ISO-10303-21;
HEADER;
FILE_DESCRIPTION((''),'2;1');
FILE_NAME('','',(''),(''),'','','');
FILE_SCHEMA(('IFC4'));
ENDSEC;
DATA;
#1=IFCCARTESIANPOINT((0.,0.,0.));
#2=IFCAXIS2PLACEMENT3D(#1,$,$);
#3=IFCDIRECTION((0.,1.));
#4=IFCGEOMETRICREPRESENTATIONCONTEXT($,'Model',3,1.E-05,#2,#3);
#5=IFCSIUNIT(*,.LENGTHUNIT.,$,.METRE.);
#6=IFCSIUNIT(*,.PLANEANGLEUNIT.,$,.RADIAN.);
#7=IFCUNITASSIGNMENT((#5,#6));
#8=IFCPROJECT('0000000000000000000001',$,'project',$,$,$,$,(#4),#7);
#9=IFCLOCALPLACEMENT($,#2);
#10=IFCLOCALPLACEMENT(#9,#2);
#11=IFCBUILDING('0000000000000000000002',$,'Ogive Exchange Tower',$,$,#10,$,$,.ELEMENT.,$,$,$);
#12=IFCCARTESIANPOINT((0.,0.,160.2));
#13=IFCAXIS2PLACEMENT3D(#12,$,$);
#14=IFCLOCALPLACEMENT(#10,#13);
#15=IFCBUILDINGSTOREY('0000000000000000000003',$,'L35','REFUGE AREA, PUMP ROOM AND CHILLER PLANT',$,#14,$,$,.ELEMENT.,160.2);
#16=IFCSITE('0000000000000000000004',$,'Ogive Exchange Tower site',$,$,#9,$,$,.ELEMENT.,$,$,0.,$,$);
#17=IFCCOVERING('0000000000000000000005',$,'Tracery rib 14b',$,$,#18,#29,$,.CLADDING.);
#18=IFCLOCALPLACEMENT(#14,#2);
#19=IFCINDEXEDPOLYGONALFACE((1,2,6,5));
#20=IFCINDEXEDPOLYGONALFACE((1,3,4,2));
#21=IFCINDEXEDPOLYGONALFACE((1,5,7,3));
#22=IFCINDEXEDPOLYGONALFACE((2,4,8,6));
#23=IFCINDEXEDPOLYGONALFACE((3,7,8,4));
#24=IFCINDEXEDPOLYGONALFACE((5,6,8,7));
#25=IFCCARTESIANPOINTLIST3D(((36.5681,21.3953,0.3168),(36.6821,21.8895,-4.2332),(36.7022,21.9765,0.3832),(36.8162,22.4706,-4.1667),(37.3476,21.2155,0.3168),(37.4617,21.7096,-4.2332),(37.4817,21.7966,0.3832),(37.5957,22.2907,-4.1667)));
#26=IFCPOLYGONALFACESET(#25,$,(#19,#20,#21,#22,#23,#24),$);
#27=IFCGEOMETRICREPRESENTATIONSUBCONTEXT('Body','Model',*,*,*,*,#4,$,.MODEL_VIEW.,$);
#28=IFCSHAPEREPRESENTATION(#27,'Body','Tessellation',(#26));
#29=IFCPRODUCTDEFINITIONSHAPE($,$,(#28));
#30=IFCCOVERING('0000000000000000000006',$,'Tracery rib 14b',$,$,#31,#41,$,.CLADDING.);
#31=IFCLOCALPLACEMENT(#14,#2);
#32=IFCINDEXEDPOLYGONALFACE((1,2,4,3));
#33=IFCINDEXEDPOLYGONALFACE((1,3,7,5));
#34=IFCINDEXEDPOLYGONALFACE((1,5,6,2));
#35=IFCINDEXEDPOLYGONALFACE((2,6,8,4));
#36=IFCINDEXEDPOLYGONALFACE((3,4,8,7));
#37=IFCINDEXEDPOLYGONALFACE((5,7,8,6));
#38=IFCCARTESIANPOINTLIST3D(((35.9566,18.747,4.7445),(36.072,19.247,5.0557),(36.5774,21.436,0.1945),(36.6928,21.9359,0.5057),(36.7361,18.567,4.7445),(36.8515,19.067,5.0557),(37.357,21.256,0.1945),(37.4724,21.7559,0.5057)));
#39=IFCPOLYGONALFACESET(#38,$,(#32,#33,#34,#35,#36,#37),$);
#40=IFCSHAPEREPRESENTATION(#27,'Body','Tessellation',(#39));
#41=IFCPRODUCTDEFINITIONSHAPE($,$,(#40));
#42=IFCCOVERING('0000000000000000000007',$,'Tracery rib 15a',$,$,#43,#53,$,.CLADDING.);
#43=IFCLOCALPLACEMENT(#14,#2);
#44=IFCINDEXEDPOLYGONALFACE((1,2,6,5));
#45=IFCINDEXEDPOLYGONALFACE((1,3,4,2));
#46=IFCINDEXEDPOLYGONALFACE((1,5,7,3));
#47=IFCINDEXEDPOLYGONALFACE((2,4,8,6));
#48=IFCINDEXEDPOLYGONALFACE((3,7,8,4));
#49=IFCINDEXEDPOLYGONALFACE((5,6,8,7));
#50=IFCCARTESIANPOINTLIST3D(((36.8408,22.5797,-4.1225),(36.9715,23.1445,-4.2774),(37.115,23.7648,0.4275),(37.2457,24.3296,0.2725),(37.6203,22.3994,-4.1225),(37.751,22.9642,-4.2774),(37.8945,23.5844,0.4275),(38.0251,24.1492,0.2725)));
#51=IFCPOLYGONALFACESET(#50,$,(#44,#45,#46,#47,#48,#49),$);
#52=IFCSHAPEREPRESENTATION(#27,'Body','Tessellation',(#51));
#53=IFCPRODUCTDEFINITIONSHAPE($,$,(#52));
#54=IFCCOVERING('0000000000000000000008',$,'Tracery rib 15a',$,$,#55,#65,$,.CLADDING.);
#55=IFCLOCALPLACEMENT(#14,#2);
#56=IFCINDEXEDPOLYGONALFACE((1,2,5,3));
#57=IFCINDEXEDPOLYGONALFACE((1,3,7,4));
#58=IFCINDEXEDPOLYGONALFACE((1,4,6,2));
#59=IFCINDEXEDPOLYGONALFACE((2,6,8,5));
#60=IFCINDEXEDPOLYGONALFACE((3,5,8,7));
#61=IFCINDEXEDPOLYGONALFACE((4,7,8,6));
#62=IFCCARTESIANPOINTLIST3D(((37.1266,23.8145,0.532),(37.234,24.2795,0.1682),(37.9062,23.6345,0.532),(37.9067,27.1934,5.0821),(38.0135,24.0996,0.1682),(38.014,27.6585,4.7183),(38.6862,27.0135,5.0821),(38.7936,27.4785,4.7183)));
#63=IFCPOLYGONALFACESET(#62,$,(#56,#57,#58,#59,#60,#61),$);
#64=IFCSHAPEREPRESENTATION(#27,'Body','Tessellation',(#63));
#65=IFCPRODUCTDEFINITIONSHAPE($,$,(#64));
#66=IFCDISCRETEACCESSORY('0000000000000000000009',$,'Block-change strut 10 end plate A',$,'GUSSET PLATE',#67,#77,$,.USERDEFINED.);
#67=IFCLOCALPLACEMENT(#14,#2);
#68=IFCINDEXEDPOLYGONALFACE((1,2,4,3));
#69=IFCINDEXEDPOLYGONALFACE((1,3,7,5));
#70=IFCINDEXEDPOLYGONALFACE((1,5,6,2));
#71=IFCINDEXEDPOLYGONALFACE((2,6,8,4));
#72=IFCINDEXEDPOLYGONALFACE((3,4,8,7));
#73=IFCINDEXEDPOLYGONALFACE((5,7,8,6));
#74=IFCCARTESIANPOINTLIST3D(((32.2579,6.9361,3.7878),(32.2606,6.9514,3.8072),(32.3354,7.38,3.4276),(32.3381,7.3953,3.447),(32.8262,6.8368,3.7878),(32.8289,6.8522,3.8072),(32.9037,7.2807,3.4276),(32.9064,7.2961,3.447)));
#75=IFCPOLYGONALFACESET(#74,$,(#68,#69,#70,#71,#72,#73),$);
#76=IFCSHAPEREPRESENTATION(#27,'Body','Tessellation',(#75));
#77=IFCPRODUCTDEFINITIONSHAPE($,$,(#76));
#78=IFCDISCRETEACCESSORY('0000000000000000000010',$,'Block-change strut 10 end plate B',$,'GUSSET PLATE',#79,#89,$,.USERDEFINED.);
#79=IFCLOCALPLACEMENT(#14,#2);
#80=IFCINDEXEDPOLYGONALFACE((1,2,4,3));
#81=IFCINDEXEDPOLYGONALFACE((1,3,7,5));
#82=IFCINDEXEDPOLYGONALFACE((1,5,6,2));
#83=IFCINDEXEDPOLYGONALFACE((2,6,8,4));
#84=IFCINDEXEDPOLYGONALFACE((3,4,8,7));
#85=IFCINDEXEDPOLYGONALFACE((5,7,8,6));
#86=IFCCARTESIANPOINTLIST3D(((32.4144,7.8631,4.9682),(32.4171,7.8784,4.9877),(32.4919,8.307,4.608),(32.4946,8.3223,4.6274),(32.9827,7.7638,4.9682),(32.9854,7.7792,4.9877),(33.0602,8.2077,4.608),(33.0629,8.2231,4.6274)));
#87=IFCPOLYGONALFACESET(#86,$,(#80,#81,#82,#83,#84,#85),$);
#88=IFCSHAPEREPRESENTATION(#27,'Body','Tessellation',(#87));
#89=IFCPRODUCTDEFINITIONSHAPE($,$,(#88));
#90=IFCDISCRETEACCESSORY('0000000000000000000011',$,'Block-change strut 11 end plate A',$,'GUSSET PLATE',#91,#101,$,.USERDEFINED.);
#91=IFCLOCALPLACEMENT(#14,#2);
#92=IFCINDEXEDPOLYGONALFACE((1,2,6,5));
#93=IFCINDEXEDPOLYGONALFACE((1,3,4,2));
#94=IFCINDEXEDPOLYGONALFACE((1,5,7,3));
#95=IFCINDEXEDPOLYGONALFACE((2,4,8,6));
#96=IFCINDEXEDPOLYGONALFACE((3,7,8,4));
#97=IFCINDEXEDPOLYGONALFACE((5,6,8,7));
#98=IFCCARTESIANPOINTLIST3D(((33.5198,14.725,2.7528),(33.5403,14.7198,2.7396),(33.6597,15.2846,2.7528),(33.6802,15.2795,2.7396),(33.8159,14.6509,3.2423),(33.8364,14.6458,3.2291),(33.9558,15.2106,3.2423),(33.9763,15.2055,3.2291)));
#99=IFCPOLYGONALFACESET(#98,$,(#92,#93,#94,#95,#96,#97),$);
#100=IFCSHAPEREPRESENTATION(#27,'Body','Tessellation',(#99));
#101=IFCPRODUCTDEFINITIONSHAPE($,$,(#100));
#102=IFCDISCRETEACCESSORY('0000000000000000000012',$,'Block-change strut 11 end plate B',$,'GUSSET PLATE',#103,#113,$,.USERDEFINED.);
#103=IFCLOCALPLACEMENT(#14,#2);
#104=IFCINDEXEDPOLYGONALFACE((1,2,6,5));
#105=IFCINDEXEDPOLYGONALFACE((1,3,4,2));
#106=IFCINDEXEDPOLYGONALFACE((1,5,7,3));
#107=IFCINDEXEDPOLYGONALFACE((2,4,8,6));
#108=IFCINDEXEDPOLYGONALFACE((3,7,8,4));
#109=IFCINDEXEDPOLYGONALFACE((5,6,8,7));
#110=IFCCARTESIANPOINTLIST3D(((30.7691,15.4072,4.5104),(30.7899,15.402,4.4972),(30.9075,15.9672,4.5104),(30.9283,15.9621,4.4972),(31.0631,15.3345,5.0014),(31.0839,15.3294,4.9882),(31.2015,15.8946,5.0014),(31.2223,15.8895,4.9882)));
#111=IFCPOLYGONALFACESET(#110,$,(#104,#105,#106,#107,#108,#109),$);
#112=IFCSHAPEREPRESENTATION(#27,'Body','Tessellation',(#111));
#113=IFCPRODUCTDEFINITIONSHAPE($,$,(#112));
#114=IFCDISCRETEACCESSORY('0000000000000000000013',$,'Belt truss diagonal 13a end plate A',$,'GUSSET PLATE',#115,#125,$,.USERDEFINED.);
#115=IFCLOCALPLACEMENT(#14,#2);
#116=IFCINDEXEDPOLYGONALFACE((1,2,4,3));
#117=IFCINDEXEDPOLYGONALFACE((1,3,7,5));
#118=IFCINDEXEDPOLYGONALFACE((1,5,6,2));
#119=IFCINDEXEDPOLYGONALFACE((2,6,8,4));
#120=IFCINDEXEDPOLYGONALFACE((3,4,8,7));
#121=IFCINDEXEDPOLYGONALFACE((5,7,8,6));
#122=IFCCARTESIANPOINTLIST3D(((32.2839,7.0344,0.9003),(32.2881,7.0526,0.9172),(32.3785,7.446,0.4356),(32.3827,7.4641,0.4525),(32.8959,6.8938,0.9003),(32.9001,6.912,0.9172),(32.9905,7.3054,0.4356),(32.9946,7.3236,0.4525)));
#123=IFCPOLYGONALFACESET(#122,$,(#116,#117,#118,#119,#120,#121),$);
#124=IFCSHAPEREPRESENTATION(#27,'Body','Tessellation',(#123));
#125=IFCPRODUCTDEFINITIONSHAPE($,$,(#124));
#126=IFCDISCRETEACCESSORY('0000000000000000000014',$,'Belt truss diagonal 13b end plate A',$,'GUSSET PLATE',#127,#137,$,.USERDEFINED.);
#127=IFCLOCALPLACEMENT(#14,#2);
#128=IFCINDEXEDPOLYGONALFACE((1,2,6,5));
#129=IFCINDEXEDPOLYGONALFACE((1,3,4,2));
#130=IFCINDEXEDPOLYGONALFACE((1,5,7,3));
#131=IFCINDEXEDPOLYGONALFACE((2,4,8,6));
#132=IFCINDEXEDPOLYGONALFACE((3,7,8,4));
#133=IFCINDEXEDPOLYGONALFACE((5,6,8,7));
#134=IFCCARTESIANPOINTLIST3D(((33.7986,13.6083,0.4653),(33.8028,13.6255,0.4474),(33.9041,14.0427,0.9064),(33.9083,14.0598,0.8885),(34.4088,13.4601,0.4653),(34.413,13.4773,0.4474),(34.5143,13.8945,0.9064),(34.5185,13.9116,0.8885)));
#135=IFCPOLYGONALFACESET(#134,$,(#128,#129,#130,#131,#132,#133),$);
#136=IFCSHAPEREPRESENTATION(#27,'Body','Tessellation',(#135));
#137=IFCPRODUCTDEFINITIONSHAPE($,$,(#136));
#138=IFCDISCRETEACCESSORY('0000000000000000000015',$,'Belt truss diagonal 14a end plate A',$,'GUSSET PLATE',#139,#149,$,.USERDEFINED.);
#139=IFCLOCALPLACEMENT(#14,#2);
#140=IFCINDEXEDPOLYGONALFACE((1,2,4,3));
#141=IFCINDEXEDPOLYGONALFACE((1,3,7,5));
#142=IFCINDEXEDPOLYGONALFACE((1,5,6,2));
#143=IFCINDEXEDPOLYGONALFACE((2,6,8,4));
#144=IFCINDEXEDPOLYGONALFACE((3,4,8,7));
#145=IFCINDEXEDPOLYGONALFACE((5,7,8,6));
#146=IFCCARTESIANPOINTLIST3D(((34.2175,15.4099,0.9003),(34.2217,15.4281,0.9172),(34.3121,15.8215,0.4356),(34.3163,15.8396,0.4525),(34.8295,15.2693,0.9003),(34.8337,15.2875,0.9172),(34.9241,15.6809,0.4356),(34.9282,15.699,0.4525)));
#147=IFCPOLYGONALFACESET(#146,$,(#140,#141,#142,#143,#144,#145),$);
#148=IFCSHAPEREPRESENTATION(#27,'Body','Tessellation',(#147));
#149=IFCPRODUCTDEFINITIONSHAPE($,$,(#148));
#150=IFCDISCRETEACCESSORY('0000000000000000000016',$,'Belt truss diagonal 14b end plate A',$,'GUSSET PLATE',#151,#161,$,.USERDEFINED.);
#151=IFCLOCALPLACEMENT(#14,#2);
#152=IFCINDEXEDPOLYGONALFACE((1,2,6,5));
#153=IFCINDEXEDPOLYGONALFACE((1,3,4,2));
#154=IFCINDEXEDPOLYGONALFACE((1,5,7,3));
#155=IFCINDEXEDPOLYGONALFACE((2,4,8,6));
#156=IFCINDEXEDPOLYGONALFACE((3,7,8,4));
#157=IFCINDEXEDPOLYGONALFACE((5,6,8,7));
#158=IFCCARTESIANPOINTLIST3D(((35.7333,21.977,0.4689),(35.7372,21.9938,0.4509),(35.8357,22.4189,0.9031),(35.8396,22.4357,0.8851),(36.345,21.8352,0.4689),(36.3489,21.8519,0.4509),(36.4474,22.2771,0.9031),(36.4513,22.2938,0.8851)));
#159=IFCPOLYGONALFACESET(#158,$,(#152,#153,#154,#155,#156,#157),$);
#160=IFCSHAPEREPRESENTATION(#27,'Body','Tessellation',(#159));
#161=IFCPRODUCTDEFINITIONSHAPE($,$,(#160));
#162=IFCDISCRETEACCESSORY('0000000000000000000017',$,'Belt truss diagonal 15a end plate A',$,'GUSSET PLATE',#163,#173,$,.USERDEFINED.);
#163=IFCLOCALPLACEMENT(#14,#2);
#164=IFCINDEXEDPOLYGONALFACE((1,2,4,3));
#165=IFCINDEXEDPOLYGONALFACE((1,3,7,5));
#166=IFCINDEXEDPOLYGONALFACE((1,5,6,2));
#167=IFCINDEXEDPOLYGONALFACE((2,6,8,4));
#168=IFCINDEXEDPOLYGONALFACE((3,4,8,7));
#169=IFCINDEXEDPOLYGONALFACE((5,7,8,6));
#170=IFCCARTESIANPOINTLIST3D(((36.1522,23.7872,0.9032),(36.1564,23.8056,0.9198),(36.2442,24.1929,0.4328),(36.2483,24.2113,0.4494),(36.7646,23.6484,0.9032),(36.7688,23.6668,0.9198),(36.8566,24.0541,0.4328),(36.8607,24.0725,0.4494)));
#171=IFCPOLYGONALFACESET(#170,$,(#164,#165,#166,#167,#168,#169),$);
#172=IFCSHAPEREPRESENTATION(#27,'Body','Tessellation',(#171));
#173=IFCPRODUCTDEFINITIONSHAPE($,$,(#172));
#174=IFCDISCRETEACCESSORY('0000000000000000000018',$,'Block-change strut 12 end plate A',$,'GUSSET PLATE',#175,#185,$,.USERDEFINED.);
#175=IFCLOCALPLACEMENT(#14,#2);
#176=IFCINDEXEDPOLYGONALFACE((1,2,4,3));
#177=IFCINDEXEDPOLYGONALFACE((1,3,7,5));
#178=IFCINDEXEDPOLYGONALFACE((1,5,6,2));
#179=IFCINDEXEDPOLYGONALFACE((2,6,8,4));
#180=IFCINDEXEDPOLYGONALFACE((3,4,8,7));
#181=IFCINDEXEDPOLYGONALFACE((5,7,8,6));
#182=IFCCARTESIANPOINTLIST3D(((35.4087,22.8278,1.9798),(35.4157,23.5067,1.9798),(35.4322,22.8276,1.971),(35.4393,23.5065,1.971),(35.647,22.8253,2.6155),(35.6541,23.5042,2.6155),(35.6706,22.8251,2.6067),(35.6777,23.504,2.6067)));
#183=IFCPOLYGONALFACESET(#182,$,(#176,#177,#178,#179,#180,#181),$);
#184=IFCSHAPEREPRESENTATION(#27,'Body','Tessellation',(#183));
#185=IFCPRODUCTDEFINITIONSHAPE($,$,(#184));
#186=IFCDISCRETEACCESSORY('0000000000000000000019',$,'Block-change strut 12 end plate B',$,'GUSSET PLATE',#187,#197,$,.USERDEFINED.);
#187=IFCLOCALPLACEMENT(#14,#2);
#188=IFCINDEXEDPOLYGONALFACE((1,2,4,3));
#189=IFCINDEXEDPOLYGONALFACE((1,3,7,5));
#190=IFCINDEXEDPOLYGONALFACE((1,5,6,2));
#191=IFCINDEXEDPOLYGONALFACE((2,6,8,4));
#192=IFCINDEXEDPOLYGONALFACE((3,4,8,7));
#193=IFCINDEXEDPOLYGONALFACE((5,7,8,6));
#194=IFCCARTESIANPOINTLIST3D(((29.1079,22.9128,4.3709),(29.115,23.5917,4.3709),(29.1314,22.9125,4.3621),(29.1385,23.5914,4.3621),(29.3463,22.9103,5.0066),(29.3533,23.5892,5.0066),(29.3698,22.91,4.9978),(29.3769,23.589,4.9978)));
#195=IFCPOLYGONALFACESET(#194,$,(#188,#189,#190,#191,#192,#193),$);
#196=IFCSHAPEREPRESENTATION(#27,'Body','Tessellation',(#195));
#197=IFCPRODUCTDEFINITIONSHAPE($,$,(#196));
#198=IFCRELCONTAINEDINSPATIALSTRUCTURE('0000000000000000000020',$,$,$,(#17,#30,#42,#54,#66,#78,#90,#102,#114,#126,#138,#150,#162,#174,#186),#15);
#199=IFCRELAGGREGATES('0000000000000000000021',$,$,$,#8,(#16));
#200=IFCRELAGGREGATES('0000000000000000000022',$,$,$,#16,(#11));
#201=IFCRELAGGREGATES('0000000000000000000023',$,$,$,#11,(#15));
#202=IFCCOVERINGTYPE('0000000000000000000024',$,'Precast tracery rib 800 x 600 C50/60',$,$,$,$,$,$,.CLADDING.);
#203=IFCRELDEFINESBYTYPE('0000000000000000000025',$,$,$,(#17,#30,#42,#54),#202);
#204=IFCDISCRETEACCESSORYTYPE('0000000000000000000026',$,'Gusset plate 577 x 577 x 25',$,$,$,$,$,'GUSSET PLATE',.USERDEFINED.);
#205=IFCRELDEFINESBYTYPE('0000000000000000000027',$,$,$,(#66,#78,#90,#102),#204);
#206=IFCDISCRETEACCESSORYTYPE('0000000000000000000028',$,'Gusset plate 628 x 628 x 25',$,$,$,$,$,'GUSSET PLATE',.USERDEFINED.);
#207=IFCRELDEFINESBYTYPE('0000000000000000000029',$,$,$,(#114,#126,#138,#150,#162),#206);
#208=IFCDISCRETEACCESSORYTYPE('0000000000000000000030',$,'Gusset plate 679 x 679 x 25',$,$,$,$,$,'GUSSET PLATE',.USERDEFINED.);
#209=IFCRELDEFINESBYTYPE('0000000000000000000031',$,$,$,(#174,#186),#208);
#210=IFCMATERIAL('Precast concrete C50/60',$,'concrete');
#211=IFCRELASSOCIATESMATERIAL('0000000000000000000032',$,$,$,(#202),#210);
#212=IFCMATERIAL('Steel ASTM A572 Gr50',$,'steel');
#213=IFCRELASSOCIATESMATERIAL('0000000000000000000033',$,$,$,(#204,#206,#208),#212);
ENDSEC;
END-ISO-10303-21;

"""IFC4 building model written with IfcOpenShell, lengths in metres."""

from ifc_helpers import new_model, si_unit, direction, frame, origin, origin_2d, place, context, subcontext, project, spatial, rectangle, extrude, material, material_profile, profile_set, type_object, element, save


model = new_model("IFC4")

# Units and contexts
model_context = context("Model", 3, precision=1e-05, world=origin(), true_north=direction((0.0, 1.0)))
body_context = subcontext(model_context, "Body", "Model", "MODEL_VIEW")
ifc_project = project(units=[si_unit("LENGTHUNIT", "METRE"), si_unit("PLANEANGLEUNIT", "RADIAN")], contexts=[model_context])

# Site, building, storey
site_placement = place(None, origin())
site = spatial("IfcSite", under=ifc_project, at=site_placement, Name="Ogive Exchange Tower site", CompositionType="ELEMENT", RefElevation=0.0)
building_placement = place(site_placement, origin())
building = spatial("IfcBuilding", under=site, at=building_placement, Name="Ogive Exchange Tower", CompositionType="ELEMENT")
storey_placement = place(building_placement, frame((0.0, 0.0, 160.2)))
storey = spatial("IfcBuildingStorey", under=building, at=storey_placement, Name="L35", Description="REFUGE AREA, PUMP ROOM AND CHILLER PLANT", CompositionType="ELEMENT", Elevation=160.2)

# Coverings
ifc_material_1 = material(Name="Precast concrete C50/60", Category="concrete")
ifc_material_profile_1 = material_profile(ifc_material_1, rectangle(XDim=0.8, YDim=0.6001, at=origin_2d()), Name="RIB 800 x 600")
ifc_profile_set_1 = profile_set([ifc_material_profile_1], Name="Precast concrete C50/60")
covering_type = type_object("IfcCoveringType", Name="Precast tracery rib 800 x 600 C50/60", PredefinedType="CLADDING", material=ifc_profile_set_1)
covering_1_placement = place(storey_placement, frame((37.1389, 22.0901, -4.2), z_axis=(-0.024903, -0.107933, 0.993846), x_axis=(0.974399, -0.224824, 0.0)))
element("IfcCovering", 1, at=covering_1_placement, inside=storey, type_object=covering_type, Name="Tracery rib 14b", PredefinedType="CLADDING", context=body_context, shape_type="SweptSolid", body=[
    extrude(rectangle(XDim=0.8, YDim=0.6001, at=origin_2d()), origin(), (0.0, 0.0, 1.0), 4.5781),
])
covering_2_placement = place(storey_placement, frame((37.0249, 21.5959, 0.3501), z_axis=(-0.116667, -0.505297, 0.855023), x_axis=(0.974366, -0.224969, 0.0)))
element("IfcCovering", 2, at=covering_2_placement, inside=storey, type_object=covering_type, Name="Tracery rib 14b", PredefinedType="CLADDING", context=body_context, shape_type="SweptSolid", body=[
    extrude(rectangle(XDim=0.8, YDim=0.6001, at=origin_2d()), origin(), (0.0, 0.0, 1.0), 5.3215),
])
covering_3_placement = place(storey_placement, frame((37.2959, 22.772, -4.2), z_axis=(0.058212, 0.251614, 0.966075), x_axis=(-0.974266, 0.225402, 0.0)))
element("IfcCovering", 3, at=covering_3_placement, inside=storey, type_object=covering_type, Name="Tracery rib 15a", PredefinedType="CLADDING", context=body_context, shape_type="SweptSolid", body=[
    extrude(rectangle(XDim=0.8, YDim=0.6001, at=origin_2d()), origin(), (0.0, 0.0, 1.0), 4.7097),
])
covering_4_placement = place(storey_placement, frame((37.5701, 23.957, 0.3501), z_axis=(0.136348, 0.590628, 0.795342), x_axis=(-0.974373, 0.224937, 0.0)))
element("IfcCovering", 4, at=covering_4_placement, inside=storey, type_object=covering_type, Name="Tracery rib 15a", PredefinedType="CLADDING", context=body_context, shape_type="SweptSolid", body=[
    extrude(rectangle(XDim=0.8, YDim=0.6001, at=origin_2d()), origin(), (0.0, 0.0, 1.0), 5.7209),
])

# Discrete accessories
ifc_material_2 = material(Name="Steel ASTM A572 Gr50", Category="steel")
ifc_material_profile_2 = material_profile(ifc_material_2, rectangle(XDim=0.5769, YDim=0.5769, at=origin_2d()), Name="PL 577 x 577 x 25")
ifc_profile_set_2 = profile_set([ifc_material_profile_2], Name="Steel ASTM A572 Gr50")
discrete_accessory_type_1 = type_object("IfcDiscreteAccessoryType", Name="Gusset plate 577 x 577 x 25", ElementType="GUSSET PLATE", PredefinedType="USERDEFINED", material=ifc_profile_set_2)
for number, where, z_axis, x_axis, name in (
    (5, (32.5808, 7.1084, 3.6077), (0.1074, 0.61511, 0.781092), (-0.985097, 0.172001, 0.0), "Block-change strut 10 end plate A"),
    (6, (32.7373, 8.0354, 4.7881), (0.1074, 0.61511, 0.781092), (-0.985097, 0.172001, 0.0), "Block-change strut 10 end plate B"),
    (7, (33.7583, 14.9626, 2.9844), (-0.823173, 0.205793, 0.529183), (-0.242536, -0.970143, 0.0), "Block-change strut 11 end plate A"),
):
    element("IfcDiscreteAccessory", number, at=place(storey_placement, frame(where, z_axis=z_axis, x_axis=x_axis)), inside=storey, type_object=discrete_accessory_type_1, Name=name, ObjectType="GUSSET PLATE", PredefinedType="USERDEFINED", context=body_context, shape_type="SweptSolid", body=[
        extrude(rectangle(XDim=0.5769, YDim=0.5769, at=origin_2d()), origin(), (0.0, 0.0, 1.0), 0.0249),
    ])
discrete_accessory_1_placement = place(storey_placement, frame((31.0061, 15.6458, 4.7427), z_axis=(-0.826295, 0.204143, 0.52494), x_axis=(-0.239847, -0.970811, 0.0)))
element("IfcDiscreteAccessory", 8, at=discrete_accessory_1_placement, inside=storey, type_object=discrete_accessory_type_1, Name="Block-change strut 11 end plate B", ObjectType="GUSSET PLATE", PredefinedType="USERDEFINED", context=body_context, shape_type="SweptSolid", body=[
    extrude(rectangle(XDim=0.5769, YDim=0.5769, at=origin_2d()), origin(), (0.0, 0.0, 1.0), 0.0251),
])
ifc_material_profile_3 = material_profile(ifc_material_2, rectangle(XDim=0.6279, YDim=0.6279, at=origin_2d()), Name="PL 628 x 628 x 25")
ifc_profile_set_3 = profile_set([ifc_material_profile_3], Name="Steel ASTM A572 Gr50")
discrete_accessory_type_2 = type_object("IfcDiscreteAccessoryType", Name="Gusset plate 628 x 628 x 25", ElementType="GUSSET PLATE", PredefinedType="USERDEFINED", material=ifc_profile_set_3)
for number, where, z_axis, x_axis, name in (
    (9, (32.6372, 7.1699, 0.668), (0.165698, 0.721274, 0.672539), (-0.974613, 0.223898, 0.0), "Belt truss diagonal 13a end plate A"),
    (10, (34.1606, 13.7686, 0.668), (-0.165761, -0.682545, 0.711797), (0.971754, -0.235997, 0.0), "Belt truss diagonal 13b end plate A"),
    (11, (34.5708, 15.5454, 0.668), (0.165698, 0.721274, 0.672539), (-0.974613, 0.223898, 0.0), "Belt truss diagonal 14a end plate A"),
):
    element("IfcDiscreteAccessory", number, at=place(storey_placement, frame(where, z_axis=z_axis, x_axis=x_axis)), inside=storey, type_object=discrete_accessory_type_2, Name=name, ObjectType="GUSSET PLATE", PredefinedType="USERDEFINED", context=body_context, shape_type="SweptSolid", body=[
        extrude(rectangle(XDim=0.6279, YDim=0.6279, at=origin_2d()), origin(), (0.0, 0.0, 1.0), 0.0251),
    ])
discrete_accessory_2_placement = place(storey_placement, frame((36.0942, 22.1438, 0.668), z_axis=(-0.156196, -0.673596, 0.722407), x_axis=(0.974153, -0.22589, 0.0)))
element("IfcDiscreteAccessory", 12, at=discrete_accessory_2_placement, inside=storey, type_object=discrete_accessory_type_2, Name="Belt truss diagonal 14b end plate A", ObjectType="GUSSET PLATE", PredefinedType="USERDEFINED", context=body_context, shape_type="SweptSolid", body=[
    extrude(rectangle(XDim=0.6279, YDim=0.6279, at=origin_2d()), origin(), (0.0, 0.0, 1.0), 0.0249),
])
discrete_accessory_3_placement = place(storey_placement, frame((36.5044, 23.9207, 0.668), z_axis=(0.165604, 0.730604, 0.662414), x_axis=(-0.97526, 0.221059, 0.0)))
element("IfcDiscreteAccessory", 13, at=discrete_accessory_3_placement, inside=storey, type_object=discrete_accessory_type_2, Name="Belt truss diagonal 15a end plate A", ObjectType="GUSSET PLATE", PredefinedType="USERDEFINED", context=body_context, shape_type="SweptSolid", body=[
    extrude(rectangle(XDim=0.6279, YDim=0.6279, at=origin_2d()), origin(), (0.0, 0.0, 1.0), 0.0251),
])
ifc_material_profile_4 = material_profile(ifc_material_2, rectangle(XDim=0.679, YDim=0.679, at=origin_2d()), Name="PL 679 x 679 x 25")
ifc_profile_set_4 = profile_set([ifc_material_profile_4], Name="Steel ASTM A572 Gr50")
discrete_accessory_type_3 = type_object("IfcDiscreteAccessoryType", Name="Gusset plate 679 x 679 x 25", ElementType="GUSSET PLATE", PredefinedType="USERDEFINED", material=ifc_profile_set_4)
for number, where, z_axis, x_axis, name in (
    (14, (35.5549, 23.1658, 2.2888), (-0.936285, 0.009753, 0.351107), (-0.010416, -0.999946, 0.0), "Block-change strut 12 end plate A"),
    (15, (29.2542, 23.2507, 4.6799), (-0.936285, 0.009753, 0.351107), (-0.010416, -0.999946, 0.0), "Block-change strut 12 end plate B"),
):
    element("IfcDiscreteAccessory", number, at=place(storey_placement, frame(where, z_axis=z_axis, x_axis=x_axis)), inside=storey, type_object=discrete_accessory_type_3, Name=name, ObjectType="GUSSET PLATE", PredefinedType="USERDEFINED", context=body_context, shape_type="SweptSolid", body=[
        extrude(rectangle(XDim=0.679, YDim=0.679, at=origin_2d()), origin(), (0.0, 0.0, 1.0), 0.0251),
    ])

save(model, "model.ifc")
